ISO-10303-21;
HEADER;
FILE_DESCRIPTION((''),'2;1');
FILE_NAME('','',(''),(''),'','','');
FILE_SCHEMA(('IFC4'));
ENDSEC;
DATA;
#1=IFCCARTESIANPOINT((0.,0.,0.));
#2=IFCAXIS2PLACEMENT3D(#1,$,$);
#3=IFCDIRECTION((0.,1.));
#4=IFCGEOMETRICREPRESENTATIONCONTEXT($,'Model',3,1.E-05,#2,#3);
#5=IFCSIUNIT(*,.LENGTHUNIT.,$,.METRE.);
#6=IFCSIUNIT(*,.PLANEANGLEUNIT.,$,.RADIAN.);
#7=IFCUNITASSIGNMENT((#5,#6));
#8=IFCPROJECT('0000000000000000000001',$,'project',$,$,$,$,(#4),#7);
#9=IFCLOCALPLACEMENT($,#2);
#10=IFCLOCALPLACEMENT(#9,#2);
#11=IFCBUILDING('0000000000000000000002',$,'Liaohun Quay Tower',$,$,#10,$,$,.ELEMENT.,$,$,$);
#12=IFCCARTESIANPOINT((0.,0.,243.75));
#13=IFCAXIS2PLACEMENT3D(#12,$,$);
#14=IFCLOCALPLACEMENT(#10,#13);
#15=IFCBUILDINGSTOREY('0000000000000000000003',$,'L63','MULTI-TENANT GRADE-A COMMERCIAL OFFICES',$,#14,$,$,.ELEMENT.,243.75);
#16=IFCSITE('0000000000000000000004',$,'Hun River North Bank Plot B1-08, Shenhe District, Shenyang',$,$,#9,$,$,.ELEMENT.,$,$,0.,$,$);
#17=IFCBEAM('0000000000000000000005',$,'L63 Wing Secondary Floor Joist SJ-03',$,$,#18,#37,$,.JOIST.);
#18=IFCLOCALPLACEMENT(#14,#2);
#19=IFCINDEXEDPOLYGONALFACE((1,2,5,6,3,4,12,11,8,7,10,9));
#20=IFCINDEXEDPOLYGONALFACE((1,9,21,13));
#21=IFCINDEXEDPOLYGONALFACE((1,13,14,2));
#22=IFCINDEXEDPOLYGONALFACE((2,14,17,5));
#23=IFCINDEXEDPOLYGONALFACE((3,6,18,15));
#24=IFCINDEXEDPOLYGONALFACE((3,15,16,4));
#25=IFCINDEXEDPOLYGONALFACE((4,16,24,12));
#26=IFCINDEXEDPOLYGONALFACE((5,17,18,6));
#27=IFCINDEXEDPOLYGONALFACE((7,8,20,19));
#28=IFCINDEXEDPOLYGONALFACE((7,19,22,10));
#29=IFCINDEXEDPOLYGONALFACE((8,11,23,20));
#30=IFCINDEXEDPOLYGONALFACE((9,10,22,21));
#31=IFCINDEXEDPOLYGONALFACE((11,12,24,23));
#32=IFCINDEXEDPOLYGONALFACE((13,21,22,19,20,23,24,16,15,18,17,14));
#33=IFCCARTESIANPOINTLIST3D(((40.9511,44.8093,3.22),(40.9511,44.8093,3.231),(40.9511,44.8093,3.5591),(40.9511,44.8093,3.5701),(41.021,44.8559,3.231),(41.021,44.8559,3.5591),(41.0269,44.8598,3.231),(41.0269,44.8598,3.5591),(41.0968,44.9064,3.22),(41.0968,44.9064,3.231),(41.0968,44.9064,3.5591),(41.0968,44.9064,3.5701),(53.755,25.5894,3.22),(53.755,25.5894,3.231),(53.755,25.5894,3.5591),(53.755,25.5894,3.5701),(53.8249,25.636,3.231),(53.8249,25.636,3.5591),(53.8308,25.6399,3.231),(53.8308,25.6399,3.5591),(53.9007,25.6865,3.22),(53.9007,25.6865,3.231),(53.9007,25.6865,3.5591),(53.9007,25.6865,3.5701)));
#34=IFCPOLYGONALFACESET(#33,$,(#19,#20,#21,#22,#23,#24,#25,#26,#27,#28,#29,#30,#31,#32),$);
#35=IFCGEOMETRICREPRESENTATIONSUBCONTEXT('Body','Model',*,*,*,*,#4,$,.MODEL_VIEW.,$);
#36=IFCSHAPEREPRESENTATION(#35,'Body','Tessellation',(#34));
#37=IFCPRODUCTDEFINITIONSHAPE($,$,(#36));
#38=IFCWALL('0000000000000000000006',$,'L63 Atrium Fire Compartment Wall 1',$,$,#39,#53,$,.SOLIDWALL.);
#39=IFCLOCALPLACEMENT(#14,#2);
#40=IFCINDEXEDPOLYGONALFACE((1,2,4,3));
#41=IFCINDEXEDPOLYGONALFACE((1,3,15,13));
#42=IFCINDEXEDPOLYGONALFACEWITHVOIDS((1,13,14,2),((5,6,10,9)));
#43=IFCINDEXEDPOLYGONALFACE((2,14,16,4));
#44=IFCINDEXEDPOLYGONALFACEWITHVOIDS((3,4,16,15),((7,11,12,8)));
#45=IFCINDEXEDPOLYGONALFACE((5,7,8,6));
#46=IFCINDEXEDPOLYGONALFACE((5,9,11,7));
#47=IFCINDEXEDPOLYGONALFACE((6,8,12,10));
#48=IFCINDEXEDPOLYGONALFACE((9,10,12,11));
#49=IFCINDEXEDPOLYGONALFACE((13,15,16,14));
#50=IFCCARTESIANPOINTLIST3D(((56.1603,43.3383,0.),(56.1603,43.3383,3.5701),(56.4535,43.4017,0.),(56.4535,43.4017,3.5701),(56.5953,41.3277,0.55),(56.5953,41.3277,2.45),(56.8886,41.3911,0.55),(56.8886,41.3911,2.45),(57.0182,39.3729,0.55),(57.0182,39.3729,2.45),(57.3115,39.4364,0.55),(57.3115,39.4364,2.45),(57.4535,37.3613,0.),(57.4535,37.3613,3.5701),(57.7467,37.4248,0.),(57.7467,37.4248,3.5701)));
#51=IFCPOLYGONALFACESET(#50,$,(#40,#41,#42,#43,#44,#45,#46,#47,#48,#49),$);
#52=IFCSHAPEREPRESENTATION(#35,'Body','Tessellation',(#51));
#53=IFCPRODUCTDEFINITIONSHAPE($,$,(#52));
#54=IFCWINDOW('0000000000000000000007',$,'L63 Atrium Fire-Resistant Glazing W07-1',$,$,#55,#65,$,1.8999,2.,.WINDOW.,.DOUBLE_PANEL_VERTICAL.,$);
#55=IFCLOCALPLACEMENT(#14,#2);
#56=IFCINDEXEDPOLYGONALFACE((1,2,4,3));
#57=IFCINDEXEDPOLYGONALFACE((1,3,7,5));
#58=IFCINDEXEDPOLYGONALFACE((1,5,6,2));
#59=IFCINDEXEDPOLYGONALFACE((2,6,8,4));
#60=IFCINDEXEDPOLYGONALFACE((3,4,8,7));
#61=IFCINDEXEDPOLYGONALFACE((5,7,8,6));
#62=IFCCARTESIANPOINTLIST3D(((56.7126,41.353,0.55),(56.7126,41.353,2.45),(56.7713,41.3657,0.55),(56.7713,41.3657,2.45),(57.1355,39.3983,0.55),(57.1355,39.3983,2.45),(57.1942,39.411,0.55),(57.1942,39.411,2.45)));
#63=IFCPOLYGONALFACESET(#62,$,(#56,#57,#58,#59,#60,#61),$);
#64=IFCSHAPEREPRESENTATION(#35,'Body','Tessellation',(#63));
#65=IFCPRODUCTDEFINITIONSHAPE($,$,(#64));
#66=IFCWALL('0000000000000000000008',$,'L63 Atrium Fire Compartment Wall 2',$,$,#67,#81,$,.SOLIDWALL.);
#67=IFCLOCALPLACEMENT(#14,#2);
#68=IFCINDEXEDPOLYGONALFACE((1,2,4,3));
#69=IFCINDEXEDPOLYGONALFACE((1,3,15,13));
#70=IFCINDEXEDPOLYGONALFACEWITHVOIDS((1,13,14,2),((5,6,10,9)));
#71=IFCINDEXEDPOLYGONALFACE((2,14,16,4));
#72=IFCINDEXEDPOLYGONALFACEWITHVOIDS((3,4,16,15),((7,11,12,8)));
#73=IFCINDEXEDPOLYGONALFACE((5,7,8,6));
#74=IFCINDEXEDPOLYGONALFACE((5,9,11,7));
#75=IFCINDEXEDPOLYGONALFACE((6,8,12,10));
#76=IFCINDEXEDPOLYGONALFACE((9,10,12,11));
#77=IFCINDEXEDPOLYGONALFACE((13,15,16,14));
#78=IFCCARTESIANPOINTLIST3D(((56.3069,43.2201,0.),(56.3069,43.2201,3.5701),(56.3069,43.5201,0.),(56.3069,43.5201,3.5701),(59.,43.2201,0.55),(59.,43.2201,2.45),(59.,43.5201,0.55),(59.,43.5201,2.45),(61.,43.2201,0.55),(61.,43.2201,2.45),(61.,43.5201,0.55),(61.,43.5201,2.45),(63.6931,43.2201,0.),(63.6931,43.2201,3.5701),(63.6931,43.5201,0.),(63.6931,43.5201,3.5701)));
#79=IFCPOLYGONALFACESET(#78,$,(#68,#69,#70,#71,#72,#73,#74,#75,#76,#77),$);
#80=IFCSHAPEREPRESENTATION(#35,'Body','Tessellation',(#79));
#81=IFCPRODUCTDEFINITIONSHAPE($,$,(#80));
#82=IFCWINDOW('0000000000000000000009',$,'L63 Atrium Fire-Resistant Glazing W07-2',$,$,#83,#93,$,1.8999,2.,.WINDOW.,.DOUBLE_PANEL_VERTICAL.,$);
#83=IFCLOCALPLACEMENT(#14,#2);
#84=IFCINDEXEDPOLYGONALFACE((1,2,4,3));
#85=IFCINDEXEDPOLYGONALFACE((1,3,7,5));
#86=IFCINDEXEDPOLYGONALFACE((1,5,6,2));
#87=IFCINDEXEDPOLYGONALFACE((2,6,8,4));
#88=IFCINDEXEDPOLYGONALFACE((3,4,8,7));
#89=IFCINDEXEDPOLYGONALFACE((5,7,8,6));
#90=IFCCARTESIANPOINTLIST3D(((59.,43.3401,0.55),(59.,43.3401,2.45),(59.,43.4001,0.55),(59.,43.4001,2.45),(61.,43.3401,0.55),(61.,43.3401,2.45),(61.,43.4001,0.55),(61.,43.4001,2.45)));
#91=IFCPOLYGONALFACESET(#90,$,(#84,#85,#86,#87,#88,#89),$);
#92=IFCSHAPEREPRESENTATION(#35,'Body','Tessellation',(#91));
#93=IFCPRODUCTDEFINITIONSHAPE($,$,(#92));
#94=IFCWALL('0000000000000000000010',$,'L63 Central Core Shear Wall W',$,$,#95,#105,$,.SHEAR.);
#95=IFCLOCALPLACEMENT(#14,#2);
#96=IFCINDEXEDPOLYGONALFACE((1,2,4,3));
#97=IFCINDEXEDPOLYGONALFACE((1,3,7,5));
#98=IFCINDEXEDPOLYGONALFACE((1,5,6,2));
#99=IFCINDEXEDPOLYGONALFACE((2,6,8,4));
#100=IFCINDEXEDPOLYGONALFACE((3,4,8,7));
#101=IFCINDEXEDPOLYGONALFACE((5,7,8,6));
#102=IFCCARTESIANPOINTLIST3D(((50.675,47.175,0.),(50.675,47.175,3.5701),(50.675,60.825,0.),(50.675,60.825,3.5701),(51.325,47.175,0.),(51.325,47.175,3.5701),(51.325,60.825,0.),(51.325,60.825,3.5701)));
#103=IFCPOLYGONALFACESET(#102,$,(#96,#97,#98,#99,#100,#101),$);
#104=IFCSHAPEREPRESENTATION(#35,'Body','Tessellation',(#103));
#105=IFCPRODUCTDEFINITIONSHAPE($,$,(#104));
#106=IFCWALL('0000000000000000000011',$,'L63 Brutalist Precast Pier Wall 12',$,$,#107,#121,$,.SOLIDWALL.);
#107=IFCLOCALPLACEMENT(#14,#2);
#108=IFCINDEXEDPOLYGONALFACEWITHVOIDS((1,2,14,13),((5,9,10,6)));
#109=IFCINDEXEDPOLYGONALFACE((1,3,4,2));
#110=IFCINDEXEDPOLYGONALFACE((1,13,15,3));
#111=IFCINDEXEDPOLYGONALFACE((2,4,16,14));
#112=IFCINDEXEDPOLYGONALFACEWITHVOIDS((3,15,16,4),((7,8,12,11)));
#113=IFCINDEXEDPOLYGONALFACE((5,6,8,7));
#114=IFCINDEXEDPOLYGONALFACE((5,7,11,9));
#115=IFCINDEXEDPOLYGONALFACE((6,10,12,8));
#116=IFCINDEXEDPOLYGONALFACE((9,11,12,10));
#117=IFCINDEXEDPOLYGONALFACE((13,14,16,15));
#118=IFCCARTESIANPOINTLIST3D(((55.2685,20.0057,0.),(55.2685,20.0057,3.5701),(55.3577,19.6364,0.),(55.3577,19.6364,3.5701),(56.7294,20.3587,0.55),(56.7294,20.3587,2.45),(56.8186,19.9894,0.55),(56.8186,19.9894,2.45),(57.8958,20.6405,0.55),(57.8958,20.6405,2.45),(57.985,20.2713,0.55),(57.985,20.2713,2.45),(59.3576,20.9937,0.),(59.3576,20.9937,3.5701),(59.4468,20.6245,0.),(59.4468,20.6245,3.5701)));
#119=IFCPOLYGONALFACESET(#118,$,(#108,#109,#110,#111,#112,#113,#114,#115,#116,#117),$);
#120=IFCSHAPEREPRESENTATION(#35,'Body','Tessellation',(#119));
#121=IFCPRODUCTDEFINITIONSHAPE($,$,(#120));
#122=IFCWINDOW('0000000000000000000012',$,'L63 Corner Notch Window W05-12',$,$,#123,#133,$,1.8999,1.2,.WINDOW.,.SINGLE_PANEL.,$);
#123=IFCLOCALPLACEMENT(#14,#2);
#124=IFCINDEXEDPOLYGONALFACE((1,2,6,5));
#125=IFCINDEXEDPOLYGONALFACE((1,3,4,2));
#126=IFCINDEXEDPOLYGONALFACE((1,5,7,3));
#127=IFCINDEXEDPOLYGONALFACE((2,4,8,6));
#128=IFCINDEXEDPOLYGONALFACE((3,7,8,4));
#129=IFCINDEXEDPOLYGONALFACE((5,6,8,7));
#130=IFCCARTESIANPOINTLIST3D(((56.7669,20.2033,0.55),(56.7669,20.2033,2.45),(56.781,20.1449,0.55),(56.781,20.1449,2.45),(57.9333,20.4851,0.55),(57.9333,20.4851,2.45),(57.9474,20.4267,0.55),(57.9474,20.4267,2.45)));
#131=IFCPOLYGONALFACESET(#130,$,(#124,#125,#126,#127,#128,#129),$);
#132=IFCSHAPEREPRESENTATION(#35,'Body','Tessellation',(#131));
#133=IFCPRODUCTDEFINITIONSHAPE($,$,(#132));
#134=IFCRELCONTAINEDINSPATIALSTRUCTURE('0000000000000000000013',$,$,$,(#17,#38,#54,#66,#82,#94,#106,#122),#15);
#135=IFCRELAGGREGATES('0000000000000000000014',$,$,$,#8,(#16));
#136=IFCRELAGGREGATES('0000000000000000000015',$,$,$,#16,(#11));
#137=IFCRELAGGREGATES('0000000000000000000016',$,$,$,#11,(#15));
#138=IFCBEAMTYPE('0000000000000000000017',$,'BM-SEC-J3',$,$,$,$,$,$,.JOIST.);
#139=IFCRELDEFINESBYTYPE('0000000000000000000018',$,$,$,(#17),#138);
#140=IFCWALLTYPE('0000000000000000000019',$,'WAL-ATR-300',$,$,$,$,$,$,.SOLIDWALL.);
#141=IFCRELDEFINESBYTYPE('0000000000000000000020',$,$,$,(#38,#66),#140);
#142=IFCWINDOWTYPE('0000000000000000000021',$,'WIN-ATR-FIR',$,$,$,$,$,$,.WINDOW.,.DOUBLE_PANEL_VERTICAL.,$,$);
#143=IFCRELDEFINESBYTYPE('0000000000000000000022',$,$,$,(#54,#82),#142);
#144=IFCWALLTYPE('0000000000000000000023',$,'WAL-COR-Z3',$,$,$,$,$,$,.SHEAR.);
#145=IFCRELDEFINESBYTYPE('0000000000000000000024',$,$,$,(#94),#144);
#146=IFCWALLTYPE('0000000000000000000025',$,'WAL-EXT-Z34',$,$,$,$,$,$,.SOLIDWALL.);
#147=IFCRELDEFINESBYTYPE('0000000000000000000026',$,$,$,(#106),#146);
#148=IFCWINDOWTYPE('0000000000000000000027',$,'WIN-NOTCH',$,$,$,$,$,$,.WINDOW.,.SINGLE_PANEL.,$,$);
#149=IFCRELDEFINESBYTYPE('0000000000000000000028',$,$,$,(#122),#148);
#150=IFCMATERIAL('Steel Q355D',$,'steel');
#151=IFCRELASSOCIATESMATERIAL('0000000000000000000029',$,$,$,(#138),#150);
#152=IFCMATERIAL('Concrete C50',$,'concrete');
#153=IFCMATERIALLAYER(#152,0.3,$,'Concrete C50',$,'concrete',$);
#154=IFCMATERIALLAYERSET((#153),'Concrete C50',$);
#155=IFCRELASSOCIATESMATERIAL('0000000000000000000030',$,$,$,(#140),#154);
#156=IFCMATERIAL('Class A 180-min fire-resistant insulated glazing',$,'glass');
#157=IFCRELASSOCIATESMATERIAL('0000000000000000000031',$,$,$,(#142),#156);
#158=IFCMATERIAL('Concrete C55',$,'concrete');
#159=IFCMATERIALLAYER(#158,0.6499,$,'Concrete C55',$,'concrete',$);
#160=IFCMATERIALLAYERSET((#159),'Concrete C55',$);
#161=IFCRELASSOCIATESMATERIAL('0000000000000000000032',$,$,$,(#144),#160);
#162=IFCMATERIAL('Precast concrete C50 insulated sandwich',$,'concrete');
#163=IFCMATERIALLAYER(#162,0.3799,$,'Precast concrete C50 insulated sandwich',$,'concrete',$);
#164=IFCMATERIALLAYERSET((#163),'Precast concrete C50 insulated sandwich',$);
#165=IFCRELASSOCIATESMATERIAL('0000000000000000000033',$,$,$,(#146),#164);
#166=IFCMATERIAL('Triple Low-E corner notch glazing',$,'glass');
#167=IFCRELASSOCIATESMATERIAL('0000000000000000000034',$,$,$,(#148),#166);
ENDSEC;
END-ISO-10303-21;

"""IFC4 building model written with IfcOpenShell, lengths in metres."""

from ifc_helpers import new_model, si_unit, direction, frame, frame_2d, origin, origin_2d, place, context, subcontext, project, spatial, rectangle, i_section, extrude, source, transform, mapped, material, layer, layer_set, material_profile, profile_set, type_object, element, fill, save


model = new_model("IFC4")

# Units and contexts
model_context = context("Model", 3, precision=1e-05, world=origin(), true_north=direction((0.0, 1.0)))
body_context = subcontext(model_context, "Body", "Model", "MODEL_VIEW")
ifc_project = project(units=[si_unit("LENGTHUNIT", "METRE"), si_unit("PLANEANGLEUNIT", "RADIAN")], contexts=[model_context])

# Site, building, storey
site_placement = place(None, origin())
site = spatial("IfcSite", under=ifc_project, at=site_placement, Name="Hun River North Bank Plot B1-08, Shenhe District, Shenyang", CompositionType="ELEMENT", RefElevation=0.0)
building_placement = place(site_placement, origin())
building = spatial("IfcBuilding", under=site, at=building_placement, Name="Liaohun Quay Tower", CompositionType="ELEMENT")
storey_placement = place(building_placement, frame((0.0, 0.0, 243.75)))
storey = spatial("IfcBuildingStorey", under=building, at=storey_placement, Name="L63", Description="MULTI-TENANT GRADE-A COMMERCIAL OFFICES", CompositionType="ELEMENT", Elevation=243.75)

# Shared definitions
ifc_material_1 = material(Name="Concrete C55", Category="concrete")

# Beam
ifc_material_2 = material(Name="Steel Q355D", Category="steel")
ifc_material_profile_1 = material_profile(ifc_material_2, i_section(OverallWidth=0.175, OverallDepth=0.3501, WebThickness=0.0071, FlangeThickness=0.011, at=origin_2d()), Name="HN350x175x7x11")
ifc_profile_set_1 = profile_set([ifc_material_profile_1], Name="Steel Q355D")
beam_type_1 = type_object("IfcBeamType", Name="BM-SEC-J3", PredefinedType="JOIST", material=ifc_profile_set_1)
shared_shape_1 = source(origin(), body_context, "Body", "SweptSolid", [
    extrude(i_section(OverallWidth=0.175, OverallDepth=0.3501, WebThickness=0.0071, FlangeThickness=0.011, at=origin_2d()), origin(), (0.0, 0.0, 1.0), 23.0942),
])
beam_1_placement = place(storey_placement, frame((53.8279, 25.6379, 3.395), z_axis=(-0.55442, 0.832237, 0.0), x_axis=(-0.832237, -0.55442, 0.0)))
element("IfcBeam", 1, at=beam_1_placement, inside=storey, type_object=beam_type_1, Name="L63 Wing Secondary Floor Joist SJ-03", PredefinedType="JOIST", context=body_context, shape_type="MappedRepresentation", body=[
    mapped(shared_shape_1, transform((0.0, 0.0, 0.0), x_axis=(1.0, 0.0, 0.0), y_axis=(0.0, 1.0, 0.0), z_axis=(0.0, 0.0, 1.0), scale=1.0)),
])

# Walls, openings, windows
ifc_material_3 = material(Name="Concrete C50", Category="concrete")
ifc_layer_1 = layer(ifc_material_3, 0.3, Name="Concrete C50", Category="concrete")
ifc_layer_set_1 = layer_set([ifc_layer_1], Name="Concrete C50")
wall_type_1 = type_object("IfcWallType", Name="WAL-ATR-300", PredefinedType="SOLIDWALL", material=ifc_layer_set_1)
wall_1_placement = place(storey_placement, frame((57.6001, 37.3931, 0.0), z_axis=(0.0, 0.0, 1.0), x_axis=(-0.21147, 0.977385, 0.0)))
wall_1 = element("IfcWall", 2, at=wall_1_placement, inside=storey, type_object=wall_type_1, Name="L63 Atrium Fire Compartment Wall 1", PredefinedType="SOLIDWALL", context=body_context, shape_type="SweptSolid", body=[
    extrude(rectangle(XDim=6.1152, YDim=0.3, at=frame_2d((3.0576, 0.0))), origin(), (0.0, 0.0, 1.0), 3.5701),
])
shared_shape_2 = source(origin(), body_context, "Body", "SweptSolid", [
    extrude(rectangle(XDim=2.0, YDim=1.8999, at=frame_2d((1.0, 0.95))), frame((0.0, 0.1599, 0.0), z_axis=(0.0, -1.0, 0.0), x_axis=(1.0, 0.0, 0.0)), (0.0, 0.0, 1.0), 0.3201),
])
opening_1_placement = place(wall_1_placement, frame((2.0581, 0.0, 0.55)))
opening_1 = element("IfcOpeningElement", 3, at=opening_1_placement, cuts=wall_1, PredefinedType="OPENING", context=body_context, shape_type="MappedRepresentation", body=[
    mapped(shared_shape_2, transform((0.0, 0.0, 0.0), x_axis=(1.0, 0.0, 0.0), y_axis=(0.0, 1.0, 0.0), z_axis=(0.0, 0.0, 1.0), scale=1.0)),
])
ifc_material_4 = material(Name="Class A 180-min fire-resistant insulated glazing", Category="glass")
window_type_1 = type_object("IfcWindowType", Name="WIN-ATR-FIR", PartitioningType="DOUBLE_PANEL_VERTICAL", PredefinedType="WINDOW", material=ifc_material_4)
shared_shape_3 = source(origin(), body_context, "Body", "SweptSolid", [
    extrude(rectangle(XDim=2.0, YDim=1.8999, at=frame_2d((1.0, 0.95))), frame((0.0, 0.03, 0.0), z_axis=(0.0, -1.0, 0.0), x_axis=(1.0, 0.0, 0.0)), (0.0, 0.0, 1.0), 0.0601),
])
window_1_placement = place(opening_1_placement, origin())
window_1 = element("IfcWindow", 4, at=window_1_placement, inside=storey, type_object=window_type_1, Name="L63 Atrium Fire-Resistant Glazing W07-1", OverallHeight=1.8999, OverallWidth=2.0, PartitioningType="DOUBLE_PANEL_VERTICAL", PredefinedType="WINDOW", context=body_context, shape_type="MappedRepresentation", body=[
    mapped(shared_shape_3, transform((0.0, 0.0, 0.0), x_axis=(1.0, 0.0, 0.0), y_axis=(0.0, 1.0, 0.0), z_axis=(0.0, 0.0, 1.0), scale=1.0)),
])
fill(opening_1, window_1)
wall_2_placement = place(storey_placement, frame((56.3069, 43.3701, 0.0), z_axis=(0.0, 0.0, 1.0), x_axis=(1.0, 0.0, 0.0)))
wall_2 = element("IfcWall", 5, at=wall_2_placement, inside=storey, type_object=wall_type_1, Name="L63 Atrium Fire Compartment Wall 2", PredefinedType="SOLIDWALL", context=body_context, shape_type="SweptSolid", body=[
    extrude(rectangle(XDim=7.3862, YDim=0.3, at=frame_2d((3.6931, 0.0))), origin(), (0.0, 0.0, 1.0), 3.5701),
])
opening_2_placement = place(wall_2_placement, frame((2.6931, 0.0, 0.55)))
opening_2 = element("IfcOpeningElement", 6, at=opening_2_placement, cuts=wall_2, PredefinedType="OPENING", context=body_context, shape_type="MappedRepresentation", body=[
    mapped(shared_shape_2, transform((0.0, 0.0, 0.0), x_axis=(1.0, 0.0, 0.0), y_axis=(0.0, 1.0, 0.0), z_axis=(0.0, 0.0, 1.0), scale=1.0)),
])
window_2_placement = place(opening_2_placement, origin())
window_2 = element("IfcWindow", 7, at=window_2_placement, inside=storey, type_object=window_type_1, Name="L63 Atrium Fire-Resistant Glazing W07-2", OverallHeight=1.8999, OverallWidth=2.0, PartitioningType="DOUBLE_PANEL_VERTICAL", PredefinedType="WINDOW", context=body_context, shape_type="MappedRepresentation", body=[
    mapped(shared_shape_3, transform((0.0, 0.0, 0.0), x_axis=(1.0, 0.0, 0.0), y_axis=(0.0, 1.0, 0.0), z_axis=(0.0, 0.0, 1.0), scale=1.0)),
])
fill(opening_2, window_2)

# Wall
ifc_layer_2 = layer(ifc_material_1, 0.6499, Name="Concrete C55", Category="concrete")
ifc_layer_set_2 = layer_set([ifc_layer_2], Name="Concrete C55")
wall_type_2 = type_object("IfcWallType", Name="WAL-COR-Z3", PredefinedType="SHEAR", material=ifc_layer_set_2)
wall_3_placement = place(storey_placement, frame((51.0, 47.175, 0.0), z_axis=(0.0, 0.0, 1.0), x_axis=(0.0, 1.0, 0.0)))
element("IfcWall", 8, at=wall_3_placement, inside=storey, type_object=wall_type_2, Name="L63 Central Core Shear Wall W", PredefinedType="SHEAR", context=body_context, shape_type="SweptSolid", body=[
    extrude(rectangle(XDim=13.6499, YDim=0.6499, at=frame_2d((6.825, 0.0))), origin(), (0.0, 0.0, 1.0), 3.5701),
])

# Wall, opening, window
ifc_material_5 = material(Name="Precast concrete C50 insulated sandwich", Category="concrete")
ifc_layer_3 = layer(ifc_material_5, 0.3799, Name="Precast concrete C50 insulated sandwich", Category="concrete")
ifc_layer_set_3 = layer_set([ifc_layer_3], Name="Precast concrete C50 insulated sandwich")
wall_type_3 = type_object("IfcWallType", Name="WAL-EXT-Z34", PredefinedType="SOLIDWALL", material=ifc_layer_set_3)
wall_4_placement = place(storey_placement, frame((55.313, 19.821, 0.0), z_axis=(0.0, 0.0, 1.0), x_axis=(0.972027, 0.234867, 0.0)))
wall_4 = element("IfcWall", 9, at=wall_4_placement, inside=storey, type_object=wall_type_3, Name="L63 Brutalist Precast Pier Wall 12", PredefinedType="SOLIDWALL", context=body_context, shape_type="SweptSolid", body=[
    extrude(rectangle(XDim=4.2068, YDim=0.3799, at=frame_2d((2.1035, 0.0))), origin(), (0.0, 0.0, 1.0), 3.5701),
])
shared_shape_4 = source(origin(), body_context, "Body", "SweptSolid", [
    extrude(rectangle(XDim=1.2, YDim=1.8999, at=frame_2d((0.6001, 0.95))), frame((0.0, 0.2, 0.0), z_axis=(0.0, -1.0, 0.0), x_axis=(1.0, 0.0, 0.0)), (0.0, 0.0, 1.0), 0.3999),
])
opening_3_placement = place(wall_4_placement, frame((1.5029, 0.0, 0.55)))
opening_3 = element("IfcOpeningElement", 10, at=opening_3_placement, cuts=wall_4, PredefinedType="OPENING", context=body_context, shape_type="MappedRepresentation", body=[
    mapped(shared_shape_4, transform((0.0, 0.0, 0.0), x_axis=(1.0, 0.0, 0.0), y_axis=(0.0, 1.0, 0.0), z_axis=(0.0, 0.0, 1.0), scale=1.0)),
])
ifc_material_6 = material(Name="Triple Low-E corner notch glazing", Category="glass")
window_type_2 = type_object("IfcWindowType", Name="WIN-NOTCH", PartitioningType="SINGLE_PANEL", PredefinedType="WINDOW", material=ifc_material_6)
shared_shape_5 = source(origin(), body_context, "Body", "SweptSolid", [
    extrude(rectangle(XDim=1.2, YDim=1.8999, at=frame_2d((0.6001, 0.95))), frame((0.0, 0.03, 0.0), z_axis=(0.0, -1.0, 0.0), x_axis=(1.0, 0.0, 0.0)), (0.0, 0.0, 1.0), 0.0601),
])
window_3_placement = place(opening_3_placement, origin())
window_3 = element("IfcWindow", 11, at=window_3_placement, inside=storey, type_object=window_type_2, Name="L63 Corner Notch Window W05-12", OverallHeight=1.8999, OverallWidth=1.2, PartitioningType="SINGLE_PANEL", PredefinedType="WINDOW", context=body_context, shape_type="MappedRepresentation", body=[
    mapped(shared_shape_5, transform((0.0, 0.0, 0.0), x_axis=(1.0, 0.0, 0.0), y_axis=(0.0, 1.0, 0.0), z_axis=(0.0, 0.0, 1.0), scale=1.0)),
])
fill(opening_3, window_3)

save(model, "model.ifc")
